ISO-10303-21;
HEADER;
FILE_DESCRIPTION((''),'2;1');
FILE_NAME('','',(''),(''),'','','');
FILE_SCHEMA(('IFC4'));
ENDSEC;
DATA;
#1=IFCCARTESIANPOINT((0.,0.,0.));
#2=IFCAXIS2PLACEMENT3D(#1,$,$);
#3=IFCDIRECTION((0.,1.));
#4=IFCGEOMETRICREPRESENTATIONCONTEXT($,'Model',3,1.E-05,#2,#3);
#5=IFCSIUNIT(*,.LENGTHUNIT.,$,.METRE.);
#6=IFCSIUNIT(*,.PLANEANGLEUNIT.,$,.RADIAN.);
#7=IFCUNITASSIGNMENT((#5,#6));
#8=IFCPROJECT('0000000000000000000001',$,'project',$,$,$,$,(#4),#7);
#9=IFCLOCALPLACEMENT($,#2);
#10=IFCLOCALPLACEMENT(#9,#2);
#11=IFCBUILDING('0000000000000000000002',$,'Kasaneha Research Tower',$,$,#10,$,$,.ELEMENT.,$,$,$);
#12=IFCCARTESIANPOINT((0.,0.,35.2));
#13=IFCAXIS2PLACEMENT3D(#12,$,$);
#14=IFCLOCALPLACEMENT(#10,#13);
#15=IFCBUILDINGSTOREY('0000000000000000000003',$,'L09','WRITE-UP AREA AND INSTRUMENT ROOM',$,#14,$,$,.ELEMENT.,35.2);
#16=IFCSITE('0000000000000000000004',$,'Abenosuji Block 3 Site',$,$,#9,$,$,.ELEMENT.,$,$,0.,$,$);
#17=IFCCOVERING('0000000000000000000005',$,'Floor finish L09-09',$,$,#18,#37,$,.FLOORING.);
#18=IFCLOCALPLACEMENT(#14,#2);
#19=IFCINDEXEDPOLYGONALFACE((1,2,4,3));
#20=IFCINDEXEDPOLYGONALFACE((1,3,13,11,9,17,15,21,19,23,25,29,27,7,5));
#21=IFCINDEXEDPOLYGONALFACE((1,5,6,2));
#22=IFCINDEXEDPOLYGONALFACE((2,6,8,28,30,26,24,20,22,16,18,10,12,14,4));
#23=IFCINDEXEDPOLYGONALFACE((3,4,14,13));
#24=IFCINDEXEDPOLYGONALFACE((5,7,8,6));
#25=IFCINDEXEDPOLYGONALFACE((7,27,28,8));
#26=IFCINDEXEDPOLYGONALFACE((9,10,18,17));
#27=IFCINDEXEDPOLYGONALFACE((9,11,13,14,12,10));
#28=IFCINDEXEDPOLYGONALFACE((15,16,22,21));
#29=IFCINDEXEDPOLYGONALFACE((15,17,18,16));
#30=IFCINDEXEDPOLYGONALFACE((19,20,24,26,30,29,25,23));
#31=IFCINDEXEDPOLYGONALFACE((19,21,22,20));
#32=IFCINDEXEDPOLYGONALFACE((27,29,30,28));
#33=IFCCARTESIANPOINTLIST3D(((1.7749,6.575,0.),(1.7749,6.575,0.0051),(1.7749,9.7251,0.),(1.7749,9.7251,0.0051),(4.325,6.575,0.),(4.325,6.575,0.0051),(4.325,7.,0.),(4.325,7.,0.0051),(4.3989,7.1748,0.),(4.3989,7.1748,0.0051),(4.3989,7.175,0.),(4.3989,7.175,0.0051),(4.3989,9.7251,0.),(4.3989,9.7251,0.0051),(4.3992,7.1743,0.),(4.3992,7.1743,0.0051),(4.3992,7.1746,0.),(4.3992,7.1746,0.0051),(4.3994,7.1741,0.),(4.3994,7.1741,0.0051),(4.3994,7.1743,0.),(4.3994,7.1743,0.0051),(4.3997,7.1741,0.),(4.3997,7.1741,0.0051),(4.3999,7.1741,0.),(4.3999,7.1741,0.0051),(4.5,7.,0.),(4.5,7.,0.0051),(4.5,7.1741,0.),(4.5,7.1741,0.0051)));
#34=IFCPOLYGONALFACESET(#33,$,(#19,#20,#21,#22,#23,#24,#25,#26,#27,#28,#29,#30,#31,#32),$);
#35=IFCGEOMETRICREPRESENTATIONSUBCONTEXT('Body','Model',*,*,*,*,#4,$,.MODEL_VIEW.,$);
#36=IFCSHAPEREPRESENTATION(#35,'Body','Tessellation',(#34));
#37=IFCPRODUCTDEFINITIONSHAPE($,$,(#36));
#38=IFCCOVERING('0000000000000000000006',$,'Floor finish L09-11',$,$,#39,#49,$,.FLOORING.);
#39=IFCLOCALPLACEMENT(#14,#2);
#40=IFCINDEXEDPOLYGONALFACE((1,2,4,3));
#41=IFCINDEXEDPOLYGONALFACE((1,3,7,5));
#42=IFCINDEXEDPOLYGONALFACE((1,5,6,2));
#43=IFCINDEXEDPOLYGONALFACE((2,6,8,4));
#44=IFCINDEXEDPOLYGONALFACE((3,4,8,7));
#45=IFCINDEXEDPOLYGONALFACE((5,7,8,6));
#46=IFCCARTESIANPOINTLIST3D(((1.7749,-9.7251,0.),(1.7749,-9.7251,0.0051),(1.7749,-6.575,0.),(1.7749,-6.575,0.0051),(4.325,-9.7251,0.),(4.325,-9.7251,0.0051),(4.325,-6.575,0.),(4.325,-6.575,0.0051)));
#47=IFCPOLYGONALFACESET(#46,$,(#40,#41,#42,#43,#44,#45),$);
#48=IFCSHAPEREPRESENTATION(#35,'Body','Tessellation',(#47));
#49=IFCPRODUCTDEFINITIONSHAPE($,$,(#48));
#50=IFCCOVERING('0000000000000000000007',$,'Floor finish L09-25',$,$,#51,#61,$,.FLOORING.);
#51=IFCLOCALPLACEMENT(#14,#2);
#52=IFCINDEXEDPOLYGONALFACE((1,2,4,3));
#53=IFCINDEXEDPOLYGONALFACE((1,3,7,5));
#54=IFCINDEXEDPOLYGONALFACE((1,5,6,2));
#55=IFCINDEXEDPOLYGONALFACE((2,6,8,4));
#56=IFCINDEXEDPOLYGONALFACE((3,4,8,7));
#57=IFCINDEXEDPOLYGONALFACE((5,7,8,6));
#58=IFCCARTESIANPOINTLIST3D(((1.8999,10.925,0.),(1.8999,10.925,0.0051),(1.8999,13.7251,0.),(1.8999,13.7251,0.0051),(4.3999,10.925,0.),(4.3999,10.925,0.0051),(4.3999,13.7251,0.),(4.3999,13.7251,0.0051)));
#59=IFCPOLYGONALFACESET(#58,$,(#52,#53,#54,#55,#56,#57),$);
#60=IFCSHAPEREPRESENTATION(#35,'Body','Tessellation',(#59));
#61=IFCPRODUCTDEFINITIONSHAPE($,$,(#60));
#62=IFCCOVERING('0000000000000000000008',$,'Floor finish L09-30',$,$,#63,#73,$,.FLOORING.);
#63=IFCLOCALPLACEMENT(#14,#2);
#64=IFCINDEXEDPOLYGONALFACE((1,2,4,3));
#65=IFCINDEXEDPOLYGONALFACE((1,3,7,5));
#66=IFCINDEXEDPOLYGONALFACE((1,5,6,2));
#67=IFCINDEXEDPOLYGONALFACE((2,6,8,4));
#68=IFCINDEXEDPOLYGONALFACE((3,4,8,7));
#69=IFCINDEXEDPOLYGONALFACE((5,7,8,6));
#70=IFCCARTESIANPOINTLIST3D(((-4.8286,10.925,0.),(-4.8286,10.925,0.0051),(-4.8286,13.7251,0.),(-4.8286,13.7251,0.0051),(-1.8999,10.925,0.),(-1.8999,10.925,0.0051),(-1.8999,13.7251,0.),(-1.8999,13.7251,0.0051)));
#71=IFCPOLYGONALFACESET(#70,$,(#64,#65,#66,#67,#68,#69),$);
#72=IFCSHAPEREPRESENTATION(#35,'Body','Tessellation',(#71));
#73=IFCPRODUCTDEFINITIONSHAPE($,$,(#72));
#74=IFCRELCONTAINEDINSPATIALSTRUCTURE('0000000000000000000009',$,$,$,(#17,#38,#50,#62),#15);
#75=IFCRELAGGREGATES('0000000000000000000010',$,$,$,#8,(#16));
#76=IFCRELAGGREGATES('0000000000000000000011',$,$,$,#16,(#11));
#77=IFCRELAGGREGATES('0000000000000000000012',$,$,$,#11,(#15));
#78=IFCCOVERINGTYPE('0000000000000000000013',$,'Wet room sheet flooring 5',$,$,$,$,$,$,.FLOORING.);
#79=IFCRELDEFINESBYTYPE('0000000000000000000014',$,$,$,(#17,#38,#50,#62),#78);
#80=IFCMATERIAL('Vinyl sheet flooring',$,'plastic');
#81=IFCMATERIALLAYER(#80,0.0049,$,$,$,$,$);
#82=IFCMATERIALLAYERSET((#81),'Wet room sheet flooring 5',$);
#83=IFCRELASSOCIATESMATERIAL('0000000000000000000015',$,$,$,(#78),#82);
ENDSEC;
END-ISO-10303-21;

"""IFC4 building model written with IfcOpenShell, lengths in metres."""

from ifc_helpers import new_model, si_unit, direction, frame, origin, place, context, subcontext, project, spatial, polyline, outline, extrude, material, layer, layer_set, type_object, element, save


model = new_model("IFC4")

# Units and contexts
model_context = context("Model", 3, precision=1e-05, world=origin(), true_north=direction((0.0, 1.0)))
body_context = subcontext(model_context, "Body", "Model", "MODEL_VIEW")
ifc_project = project(units=[si_unit("LENGTHUNIT", "METRE"), si_unit("PLANEANGLEUNIT", "RADIAN")], contexts=[model_context])

# Site, building, storey
site_placement = place(None, origin())
site = spatial("IfcSite", under=ifc_project, at=site_placement, Name="Abenosuji Block 3 Site", CompositionType="ELEMENT", RefElevation=0.0)
building_placement = place(site_placement, origin())
building = spatial("IfcBuilding", under=site, at=building_placement, Name="Kasaneha Research Tower", CompositionType="ELEMENT")
storey_placement = place(building_placement, frame((0.0, 0.0, 35.2)))
storey = spatial("IfcBuildingStorey", under=building, at=storey_placement, Name="L09", Description="WRITE-UP AREA AND INSTRUMENT ROOM", CompositionType="ELEMENT", Elevation=35.2)

# Coverings
ifc_material_1 = material(Name="Vinyl sheet flooring", Category="plastic")
ifc_layer_1 = layer(ifc_material_1, 0.0049)
ifc_layer_set_1 = layer_set([ifc_layer_1], Name="Wet room sheet flooring 5")
covering_type_1 = type_object("IfcCoveringType", Name="Wet room sheet flooring 5", PredefinedType="FLOORING", material=ifc_layer_set_1)
covering_1_placement = place(storey_placement, origin())
element("IfcCovering", 1, at=covering_1_placement, inside=storey, type_object=covering_type_1, Name="Floor finish L09-09", PredefinedType="FLOORING", context=body_context, shape_type="SweptSolid", body=[
    extrude(outline(polyline([(4.3989, 9.7251), (4.3989, 7.175), (4.3989, 7.1748), (4.3989, 7.1748), (4.3989, 7.1748), (4.3992, 7.1746), (4.3992, 7.1746), (4.3992, 7.1746), (4.3992, 7.1743), (4.3992, 7.1743), (4.3994, 7.1743), (4.3994, 7.1741), (4.3994, 7.1741), (4.3997, 7.1741), (4.3997, 7.1741), (4.3999, 7.1741), (4.3999, 7.1741), (4.3999, 7.1741), (4.5, 7.1741), (4.5, 7.0), (4.325, 7.0), (4.325, 6.575), (1.7749, 6.575), (1.7749, 9.7251), (4.3989, 9.7251)])), origin(), (0.0, 0.0, 1.0), 0.0051),
])
covering_2_placement = place(storey_placement, origin())
element("IfcCovering", 2, at=covering_2_placement, inside=storey, type_object=covering_type_1, Name="Floor finish L09-11", PredefinedType="FLOORING", context=body_context, shape_type="SweptSolid", body=[
    extrude(outline(polyline([(1.7749, -9.7251), (1.7749, -6.575), (4.325, -6.575), (4.325, -9.7251), (1.7749, -9.7251)])), origin(), (0.0, 0.0, 1.0), 0.0051),
])
covering_3_placement = place(storey_placement, origin())
element("IfcCovering", 3, at=covering_3_placement, inside=storey, type_object=covering_type_1, Name="Floor finish L09-25", PredefinedType="FLOORING", context=body_context, shape_type="SweptSolid", body=[
    extrude(outline(polyline([(1.8999, 13.7251), (4.3999, 13.7251), (4.3999, 10.925), (1.8999, 10.925), (1.8999, 13.7251)])), origin(), (0.0, 0.0, 1.0), 0.0051),
])
covering_4_placement = place(storey_placement, origin())
element("IfcCovering", 4, at=covering_4_placement, inside=storey, type_object=covering_type_1, Name="Floor finish L09-30", PredefinedType="FLOORING", context=body_context, shape_type="SweptSolid", body=[
    extrude(outline(polyline([(-4.8286, 10.925), (-4.8286, 13.7251), (-1.8999, 13.7251), (-1.8999, 10.925), (-4.8286, 10.925)])), origin(), (0.0, 0.0, 1.0), 0.0051),
])

save(model, "model.ifc")
